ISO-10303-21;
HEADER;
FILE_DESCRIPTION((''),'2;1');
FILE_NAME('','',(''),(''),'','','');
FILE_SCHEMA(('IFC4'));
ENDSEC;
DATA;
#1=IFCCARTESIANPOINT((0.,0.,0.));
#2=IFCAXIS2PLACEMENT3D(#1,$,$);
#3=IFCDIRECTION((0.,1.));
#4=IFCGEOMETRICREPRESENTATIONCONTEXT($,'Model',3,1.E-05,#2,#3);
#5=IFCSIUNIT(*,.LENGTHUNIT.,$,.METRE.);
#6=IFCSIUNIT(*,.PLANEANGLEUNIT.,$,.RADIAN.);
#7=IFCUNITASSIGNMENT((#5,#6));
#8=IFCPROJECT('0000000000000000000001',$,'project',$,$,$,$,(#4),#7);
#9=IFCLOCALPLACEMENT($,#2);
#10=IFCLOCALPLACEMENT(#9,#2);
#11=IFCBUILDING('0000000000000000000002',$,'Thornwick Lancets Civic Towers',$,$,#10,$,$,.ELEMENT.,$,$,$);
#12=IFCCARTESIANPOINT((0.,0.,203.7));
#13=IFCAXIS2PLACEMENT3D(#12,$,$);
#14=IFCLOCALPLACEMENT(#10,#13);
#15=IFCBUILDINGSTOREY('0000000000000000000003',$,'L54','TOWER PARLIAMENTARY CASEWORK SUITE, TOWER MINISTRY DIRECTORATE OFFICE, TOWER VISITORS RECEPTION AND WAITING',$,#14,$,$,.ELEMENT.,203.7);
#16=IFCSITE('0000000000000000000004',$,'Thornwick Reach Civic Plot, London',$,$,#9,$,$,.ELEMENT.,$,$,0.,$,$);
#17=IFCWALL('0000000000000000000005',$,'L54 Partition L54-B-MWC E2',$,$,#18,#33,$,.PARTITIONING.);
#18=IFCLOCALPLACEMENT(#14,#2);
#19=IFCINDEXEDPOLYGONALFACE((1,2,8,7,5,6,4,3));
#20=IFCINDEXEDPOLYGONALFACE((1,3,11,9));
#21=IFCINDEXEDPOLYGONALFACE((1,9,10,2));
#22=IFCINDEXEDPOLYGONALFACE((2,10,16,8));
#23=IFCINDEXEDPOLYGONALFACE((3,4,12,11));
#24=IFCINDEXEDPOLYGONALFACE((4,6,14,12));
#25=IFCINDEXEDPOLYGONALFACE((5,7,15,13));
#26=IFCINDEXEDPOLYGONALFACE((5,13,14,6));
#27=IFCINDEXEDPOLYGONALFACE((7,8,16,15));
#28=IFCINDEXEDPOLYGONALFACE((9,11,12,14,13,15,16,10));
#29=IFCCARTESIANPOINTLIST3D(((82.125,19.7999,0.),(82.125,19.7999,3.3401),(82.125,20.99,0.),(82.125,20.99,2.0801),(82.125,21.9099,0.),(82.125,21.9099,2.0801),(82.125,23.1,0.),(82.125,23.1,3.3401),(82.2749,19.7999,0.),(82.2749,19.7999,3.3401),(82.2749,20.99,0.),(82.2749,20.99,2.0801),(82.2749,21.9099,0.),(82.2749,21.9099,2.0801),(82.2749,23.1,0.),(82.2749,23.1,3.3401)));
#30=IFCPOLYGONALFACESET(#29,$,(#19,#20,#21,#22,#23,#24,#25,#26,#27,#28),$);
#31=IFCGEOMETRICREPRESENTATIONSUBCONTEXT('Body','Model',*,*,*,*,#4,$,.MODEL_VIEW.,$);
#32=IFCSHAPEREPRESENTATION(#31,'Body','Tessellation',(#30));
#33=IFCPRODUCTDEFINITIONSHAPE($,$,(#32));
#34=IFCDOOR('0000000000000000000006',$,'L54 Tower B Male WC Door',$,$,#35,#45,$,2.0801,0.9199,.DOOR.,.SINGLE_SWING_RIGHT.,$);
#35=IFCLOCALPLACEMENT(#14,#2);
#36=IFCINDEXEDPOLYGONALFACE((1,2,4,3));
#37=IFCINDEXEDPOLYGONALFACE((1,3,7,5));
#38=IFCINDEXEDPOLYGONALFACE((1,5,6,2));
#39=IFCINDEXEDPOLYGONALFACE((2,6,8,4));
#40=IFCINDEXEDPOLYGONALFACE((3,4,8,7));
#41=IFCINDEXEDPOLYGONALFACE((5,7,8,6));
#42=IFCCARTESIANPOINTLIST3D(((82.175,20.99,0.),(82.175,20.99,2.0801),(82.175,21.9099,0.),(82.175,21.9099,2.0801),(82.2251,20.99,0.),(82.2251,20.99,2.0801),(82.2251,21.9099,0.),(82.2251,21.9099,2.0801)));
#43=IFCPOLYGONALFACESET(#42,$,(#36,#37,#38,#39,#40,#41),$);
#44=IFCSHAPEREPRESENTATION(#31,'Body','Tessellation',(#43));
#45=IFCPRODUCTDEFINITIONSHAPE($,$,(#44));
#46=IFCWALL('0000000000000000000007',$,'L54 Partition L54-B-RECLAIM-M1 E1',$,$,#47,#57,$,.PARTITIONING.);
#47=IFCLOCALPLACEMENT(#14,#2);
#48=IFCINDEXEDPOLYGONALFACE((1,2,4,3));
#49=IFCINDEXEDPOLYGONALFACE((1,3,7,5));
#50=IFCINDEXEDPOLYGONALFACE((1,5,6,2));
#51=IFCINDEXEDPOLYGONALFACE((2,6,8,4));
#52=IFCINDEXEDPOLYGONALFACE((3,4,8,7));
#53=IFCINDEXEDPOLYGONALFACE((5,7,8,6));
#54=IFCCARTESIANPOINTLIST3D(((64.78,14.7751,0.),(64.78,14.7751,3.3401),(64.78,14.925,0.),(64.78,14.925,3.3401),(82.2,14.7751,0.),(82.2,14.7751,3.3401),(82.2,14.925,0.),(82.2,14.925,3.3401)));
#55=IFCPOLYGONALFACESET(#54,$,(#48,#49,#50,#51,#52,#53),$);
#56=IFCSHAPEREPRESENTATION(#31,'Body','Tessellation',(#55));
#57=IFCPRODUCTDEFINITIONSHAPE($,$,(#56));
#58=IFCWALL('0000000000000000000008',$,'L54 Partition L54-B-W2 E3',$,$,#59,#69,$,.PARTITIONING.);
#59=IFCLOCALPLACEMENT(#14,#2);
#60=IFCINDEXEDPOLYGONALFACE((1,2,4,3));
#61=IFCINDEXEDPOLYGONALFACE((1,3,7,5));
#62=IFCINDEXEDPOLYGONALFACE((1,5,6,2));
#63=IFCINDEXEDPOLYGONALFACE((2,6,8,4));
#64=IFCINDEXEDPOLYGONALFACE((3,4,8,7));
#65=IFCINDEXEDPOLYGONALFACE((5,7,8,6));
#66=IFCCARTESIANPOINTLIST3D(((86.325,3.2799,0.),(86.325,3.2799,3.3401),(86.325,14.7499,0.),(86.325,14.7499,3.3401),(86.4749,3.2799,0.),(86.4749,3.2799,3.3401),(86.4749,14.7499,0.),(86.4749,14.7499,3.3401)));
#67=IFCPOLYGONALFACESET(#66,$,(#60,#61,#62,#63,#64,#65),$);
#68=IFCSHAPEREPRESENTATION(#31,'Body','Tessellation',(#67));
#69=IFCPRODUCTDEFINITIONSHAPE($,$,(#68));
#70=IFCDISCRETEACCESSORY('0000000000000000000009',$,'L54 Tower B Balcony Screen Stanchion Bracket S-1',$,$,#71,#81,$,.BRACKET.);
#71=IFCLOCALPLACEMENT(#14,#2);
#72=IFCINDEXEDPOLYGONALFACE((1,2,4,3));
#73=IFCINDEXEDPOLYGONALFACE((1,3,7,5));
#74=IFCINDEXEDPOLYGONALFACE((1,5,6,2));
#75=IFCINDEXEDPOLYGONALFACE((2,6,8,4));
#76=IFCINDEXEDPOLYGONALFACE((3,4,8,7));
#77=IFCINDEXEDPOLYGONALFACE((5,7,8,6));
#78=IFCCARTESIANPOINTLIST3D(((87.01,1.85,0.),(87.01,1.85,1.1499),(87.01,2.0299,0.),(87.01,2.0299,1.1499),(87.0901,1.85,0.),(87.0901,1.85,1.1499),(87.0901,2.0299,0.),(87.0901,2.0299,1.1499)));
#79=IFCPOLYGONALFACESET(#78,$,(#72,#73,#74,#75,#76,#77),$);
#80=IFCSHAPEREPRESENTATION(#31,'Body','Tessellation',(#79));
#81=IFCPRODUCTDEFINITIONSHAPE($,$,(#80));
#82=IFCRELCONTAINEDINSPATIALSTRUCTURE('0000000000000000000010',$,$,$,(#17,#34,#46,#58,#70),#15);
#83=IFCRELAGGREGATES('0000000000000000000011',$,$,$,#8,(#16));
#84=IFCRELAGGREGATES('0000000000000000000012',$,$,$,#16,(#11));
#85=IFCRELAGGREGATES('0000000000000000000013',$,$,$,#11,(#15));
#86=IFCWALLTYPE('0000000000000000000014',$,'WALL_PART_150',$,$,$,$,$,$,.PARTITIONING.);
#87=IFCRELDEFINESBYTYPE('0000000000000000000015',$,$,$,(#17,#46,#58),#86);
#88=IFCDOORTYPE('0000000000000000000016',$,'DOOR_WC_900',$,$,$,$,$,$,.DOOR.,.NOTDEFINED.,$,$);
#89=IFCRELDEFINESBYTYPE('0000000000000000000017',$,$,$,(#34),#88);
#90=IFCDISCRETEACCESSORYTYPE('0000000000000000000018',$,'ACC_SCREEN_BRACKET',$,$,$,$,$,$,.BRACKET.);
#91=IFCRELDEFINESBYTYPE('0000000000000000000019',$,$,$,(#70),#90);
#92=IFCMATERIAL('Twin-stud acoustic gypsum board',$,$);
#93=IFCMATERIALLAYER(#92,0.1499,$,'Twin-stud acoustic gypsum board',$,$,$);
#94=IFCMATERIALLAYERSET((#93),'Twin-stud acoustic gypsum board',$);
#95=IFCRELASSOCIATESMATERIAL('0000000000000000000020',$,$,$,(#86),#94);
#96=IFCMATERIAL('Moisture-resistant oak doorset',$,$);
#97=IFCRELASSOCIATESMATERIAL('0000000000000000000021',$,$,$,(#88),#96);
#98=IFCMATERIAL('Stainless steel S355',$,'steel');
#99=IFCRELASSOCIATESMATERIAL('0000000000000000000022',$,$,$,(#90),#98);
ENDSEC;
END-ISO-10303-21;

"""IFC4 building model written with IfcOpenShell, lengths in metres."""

from ifc_helpers import new_model, si_unit, direction, frame, frame_2d, origin, origin_2d, place, context, subcontext, project, spatial, rectangle, extrude, material, layer, layer_set, type_object, element, fill, save


model = new_model("IFC4")

# Units and contexts
model_context = context("Model", 3, precision=1e-05, world=origin(), true_north=direction((0.0, 1.0)))
body_context = subcontext(model_context, "Body", "Model", "MODEL_VIEW")
ifc_project = project(units=[si_unit("LENGTHUNIT", "METRE"), si_unit("PLANEANGLEUNIT", "RADIAN")], contexts=[model_context])

# Site, building, storey
site_placement = place(None, origin())
site = spatial("IfcSite", under=ifc_project, at=site_placement, Name="Thornwick Reach Civic Plot, London", CompositionType="ELEMENT", RefElevation=0.0)
building_placement = place(site_placement, origin())
building = spatial("IfcBuilding", under=site, at=building_placement, Name="Thornwick Lancets Civic Towers", CompositionType="ELEMENT")
storey_placement = place(building_placement, frame((0.0, 0.0, 203.7)))
storey = spatial("IfcBuildingStorey", under=building, at=storey_placement, Name="L54", Description="TOWER PARLIAMENTARY CASEWORK SUITE, TOWER MINISTRY DIRECTORATE OFFICE, TOWER VISITORS RECEPTION AND WAITING", CompositionType="ELEMENT", Elevation=203.7)

# Wall, opening, door
ifc_material_1 = material(Name="Twin-stud acoustic gypsum board")
ifc_layer_1 = layer(ifc_material_1, 0.1499, Name="Twin-stud acoustic gypsum board")
ifc_layer_set_1 = layer_set([ifc_layer_1], Name="Twin-stud acoustic gypsum board")
wall_type_1 = type_object("IfcWallType", Name="WALL_PART_150", PredefinedType="PARTITIONING", material=ifc_layer_set_1)
wall_1_placement = place(storey_placement, frame((82.2, 19.8, 0.0), z_axis=(0.0, 0.0, 1.0), x_axis=(0.0, 1.0, 0.0)))
wall_1 = element("IfcWall", 1, at=wall_1_placement, inside=storey, type_object=wall_type_1, Name="L54 Partition L54-B-MWC E2", PredefinedType="PARTITIONING", context=body_context, shape_type="SweptSolid", body=[
    extrude(rectangle(XDim=3.3, YDim=0.1499, at=frame_2d((1.6499, 0.0))), origin(), (0.0, 0.0, 1.0), 3.3401),
])
opening_1_placement = place(wall_1_placement, frame((1.1899, 0.0, 0.0)))
opening_1 = element("IfcOpeningElement", 2, at=opening_1_placement, cuts=wall_1, PredefinedType="OPENING", context=body_context, shape_type="SweptSolid", body=[
    extrude(rectangle(XDim=0.9199, YDim=2.0801, at=frame_2d((0.46, 1.04))), frame((0.0, 0.085, 0.0), z_axis=(0.0, -1.0, 0.0), x_axis=(1.0, 0.0, 0.0)), (0.0, 0.0, 1.0), 0.1699),
])
ifc_material_2 = material(Name="Moisture-resistant oak doorset")
door_type_1 = type_object("IfcDoorType", Name="DOOR_WC_900", OperationType="NOTDEFINED", PredefinedType="DOOR", material=ifc_material_2)
door_1_placement = place(opening_1_placement, origin())
door_1 = element("IfcDoor", 3, at=door_1_placement, inside=storey, type_object=door_type_1, Name="L54 Tower B Male WC Door", OperationType="SINGLE_SWING_RIGHT", OverallHeight=2.0801, OverallWidth=0.9199, PredefinedType="DOOR", context=body_context, shape_type="SweptSolid", body=[
    extrude(rectangle(XDim=0.9199, YDim=2.0801, at=frame_2d((0.46, 1.04))), frame((0.0, 0.0249, 0.0), z_axis=(0.0, -1.0, 0.0), x_axis=(1.0, 0.0, 0.0)), (0.0, 0.0, 1.0), 0.05),
])
fill(opening_1, door_1)

# Wall
wall_2_placement = place(storey_placement, frame((82.2, 14.8501, 0.0), z_axis=(0.0, 0.0, 1.0), x_axis=(-1.0, 0.0, 0.0)))
element("IfcWall", 4, at=wall_2_placement, inside=storey, type_object=wall_type_1, Name="L54 Partition L54-B-RECLAIM-M1 E1", PredefinedType="PARTITIONING", context=body_context, shape_type="SweptSolid", body=[
    extrude(rectangle(XDim=17.4199, YDim=0.1499, at=frame_2d((8.71, 0.0))), origin(), (0.0, 0.0, 1.0), 3.3401),
])

# Wall
wall_3_placement = place(storey_placement, frame((86.3999, 3.28, 0.0), z_axis=(0.0, 0.0, 1.0), x_axis=(0.0, 1.0, 0.0)))
element("IfcWall", 5, at=wall_3_placement, inside=storey, type_object=wall_type_1, Name="L54 Partition L54-B-W2 E3", PredefinedType="PARTITIONING", context=body_context, shape_type="SweptSolid", body=[
    extrude(rectangle(XDim=11.47, YDim=0.1499, at=frame_2d((5.7349, 0.0))), origin(), (0.0, 0.0, 1.0), 3.3401),
])

# Discrete accessory
ifc_material_3 = material(Name="Stainless steel S355", Category="steel")
discrete_accessory_type = type_object("IfcDiscreteAccessoryType", Name="ACC_SCREEN_BRACKET", PredefinedType="BRACKET", material=ifc_material_3)
discrete_accessory_placement = place(storey_placement, frame((87.05, 1.9399, 0.0), z_axis=(0.0, 0.0, 1.0), x_axis=(1.0, 0.0, 0.0)))
element("IfcDiscreteAccessory", 6, at=discrete_accessory_placement, inside=storey, type_object=discrete_accessory_type, Name="L54 Tower B Balcony Screen Stanchion Bracket S-1", PredefinedType="BRACKET", context=body_context, shape_type="SweptSolid", body=[
    extrude(rectangle(XDim=0.0801, YDim=0.1799, at=origin_2d()), origin(), (0.0, 0.0, 1.0), 1.1499),
])

save(model, "model.ifc")
